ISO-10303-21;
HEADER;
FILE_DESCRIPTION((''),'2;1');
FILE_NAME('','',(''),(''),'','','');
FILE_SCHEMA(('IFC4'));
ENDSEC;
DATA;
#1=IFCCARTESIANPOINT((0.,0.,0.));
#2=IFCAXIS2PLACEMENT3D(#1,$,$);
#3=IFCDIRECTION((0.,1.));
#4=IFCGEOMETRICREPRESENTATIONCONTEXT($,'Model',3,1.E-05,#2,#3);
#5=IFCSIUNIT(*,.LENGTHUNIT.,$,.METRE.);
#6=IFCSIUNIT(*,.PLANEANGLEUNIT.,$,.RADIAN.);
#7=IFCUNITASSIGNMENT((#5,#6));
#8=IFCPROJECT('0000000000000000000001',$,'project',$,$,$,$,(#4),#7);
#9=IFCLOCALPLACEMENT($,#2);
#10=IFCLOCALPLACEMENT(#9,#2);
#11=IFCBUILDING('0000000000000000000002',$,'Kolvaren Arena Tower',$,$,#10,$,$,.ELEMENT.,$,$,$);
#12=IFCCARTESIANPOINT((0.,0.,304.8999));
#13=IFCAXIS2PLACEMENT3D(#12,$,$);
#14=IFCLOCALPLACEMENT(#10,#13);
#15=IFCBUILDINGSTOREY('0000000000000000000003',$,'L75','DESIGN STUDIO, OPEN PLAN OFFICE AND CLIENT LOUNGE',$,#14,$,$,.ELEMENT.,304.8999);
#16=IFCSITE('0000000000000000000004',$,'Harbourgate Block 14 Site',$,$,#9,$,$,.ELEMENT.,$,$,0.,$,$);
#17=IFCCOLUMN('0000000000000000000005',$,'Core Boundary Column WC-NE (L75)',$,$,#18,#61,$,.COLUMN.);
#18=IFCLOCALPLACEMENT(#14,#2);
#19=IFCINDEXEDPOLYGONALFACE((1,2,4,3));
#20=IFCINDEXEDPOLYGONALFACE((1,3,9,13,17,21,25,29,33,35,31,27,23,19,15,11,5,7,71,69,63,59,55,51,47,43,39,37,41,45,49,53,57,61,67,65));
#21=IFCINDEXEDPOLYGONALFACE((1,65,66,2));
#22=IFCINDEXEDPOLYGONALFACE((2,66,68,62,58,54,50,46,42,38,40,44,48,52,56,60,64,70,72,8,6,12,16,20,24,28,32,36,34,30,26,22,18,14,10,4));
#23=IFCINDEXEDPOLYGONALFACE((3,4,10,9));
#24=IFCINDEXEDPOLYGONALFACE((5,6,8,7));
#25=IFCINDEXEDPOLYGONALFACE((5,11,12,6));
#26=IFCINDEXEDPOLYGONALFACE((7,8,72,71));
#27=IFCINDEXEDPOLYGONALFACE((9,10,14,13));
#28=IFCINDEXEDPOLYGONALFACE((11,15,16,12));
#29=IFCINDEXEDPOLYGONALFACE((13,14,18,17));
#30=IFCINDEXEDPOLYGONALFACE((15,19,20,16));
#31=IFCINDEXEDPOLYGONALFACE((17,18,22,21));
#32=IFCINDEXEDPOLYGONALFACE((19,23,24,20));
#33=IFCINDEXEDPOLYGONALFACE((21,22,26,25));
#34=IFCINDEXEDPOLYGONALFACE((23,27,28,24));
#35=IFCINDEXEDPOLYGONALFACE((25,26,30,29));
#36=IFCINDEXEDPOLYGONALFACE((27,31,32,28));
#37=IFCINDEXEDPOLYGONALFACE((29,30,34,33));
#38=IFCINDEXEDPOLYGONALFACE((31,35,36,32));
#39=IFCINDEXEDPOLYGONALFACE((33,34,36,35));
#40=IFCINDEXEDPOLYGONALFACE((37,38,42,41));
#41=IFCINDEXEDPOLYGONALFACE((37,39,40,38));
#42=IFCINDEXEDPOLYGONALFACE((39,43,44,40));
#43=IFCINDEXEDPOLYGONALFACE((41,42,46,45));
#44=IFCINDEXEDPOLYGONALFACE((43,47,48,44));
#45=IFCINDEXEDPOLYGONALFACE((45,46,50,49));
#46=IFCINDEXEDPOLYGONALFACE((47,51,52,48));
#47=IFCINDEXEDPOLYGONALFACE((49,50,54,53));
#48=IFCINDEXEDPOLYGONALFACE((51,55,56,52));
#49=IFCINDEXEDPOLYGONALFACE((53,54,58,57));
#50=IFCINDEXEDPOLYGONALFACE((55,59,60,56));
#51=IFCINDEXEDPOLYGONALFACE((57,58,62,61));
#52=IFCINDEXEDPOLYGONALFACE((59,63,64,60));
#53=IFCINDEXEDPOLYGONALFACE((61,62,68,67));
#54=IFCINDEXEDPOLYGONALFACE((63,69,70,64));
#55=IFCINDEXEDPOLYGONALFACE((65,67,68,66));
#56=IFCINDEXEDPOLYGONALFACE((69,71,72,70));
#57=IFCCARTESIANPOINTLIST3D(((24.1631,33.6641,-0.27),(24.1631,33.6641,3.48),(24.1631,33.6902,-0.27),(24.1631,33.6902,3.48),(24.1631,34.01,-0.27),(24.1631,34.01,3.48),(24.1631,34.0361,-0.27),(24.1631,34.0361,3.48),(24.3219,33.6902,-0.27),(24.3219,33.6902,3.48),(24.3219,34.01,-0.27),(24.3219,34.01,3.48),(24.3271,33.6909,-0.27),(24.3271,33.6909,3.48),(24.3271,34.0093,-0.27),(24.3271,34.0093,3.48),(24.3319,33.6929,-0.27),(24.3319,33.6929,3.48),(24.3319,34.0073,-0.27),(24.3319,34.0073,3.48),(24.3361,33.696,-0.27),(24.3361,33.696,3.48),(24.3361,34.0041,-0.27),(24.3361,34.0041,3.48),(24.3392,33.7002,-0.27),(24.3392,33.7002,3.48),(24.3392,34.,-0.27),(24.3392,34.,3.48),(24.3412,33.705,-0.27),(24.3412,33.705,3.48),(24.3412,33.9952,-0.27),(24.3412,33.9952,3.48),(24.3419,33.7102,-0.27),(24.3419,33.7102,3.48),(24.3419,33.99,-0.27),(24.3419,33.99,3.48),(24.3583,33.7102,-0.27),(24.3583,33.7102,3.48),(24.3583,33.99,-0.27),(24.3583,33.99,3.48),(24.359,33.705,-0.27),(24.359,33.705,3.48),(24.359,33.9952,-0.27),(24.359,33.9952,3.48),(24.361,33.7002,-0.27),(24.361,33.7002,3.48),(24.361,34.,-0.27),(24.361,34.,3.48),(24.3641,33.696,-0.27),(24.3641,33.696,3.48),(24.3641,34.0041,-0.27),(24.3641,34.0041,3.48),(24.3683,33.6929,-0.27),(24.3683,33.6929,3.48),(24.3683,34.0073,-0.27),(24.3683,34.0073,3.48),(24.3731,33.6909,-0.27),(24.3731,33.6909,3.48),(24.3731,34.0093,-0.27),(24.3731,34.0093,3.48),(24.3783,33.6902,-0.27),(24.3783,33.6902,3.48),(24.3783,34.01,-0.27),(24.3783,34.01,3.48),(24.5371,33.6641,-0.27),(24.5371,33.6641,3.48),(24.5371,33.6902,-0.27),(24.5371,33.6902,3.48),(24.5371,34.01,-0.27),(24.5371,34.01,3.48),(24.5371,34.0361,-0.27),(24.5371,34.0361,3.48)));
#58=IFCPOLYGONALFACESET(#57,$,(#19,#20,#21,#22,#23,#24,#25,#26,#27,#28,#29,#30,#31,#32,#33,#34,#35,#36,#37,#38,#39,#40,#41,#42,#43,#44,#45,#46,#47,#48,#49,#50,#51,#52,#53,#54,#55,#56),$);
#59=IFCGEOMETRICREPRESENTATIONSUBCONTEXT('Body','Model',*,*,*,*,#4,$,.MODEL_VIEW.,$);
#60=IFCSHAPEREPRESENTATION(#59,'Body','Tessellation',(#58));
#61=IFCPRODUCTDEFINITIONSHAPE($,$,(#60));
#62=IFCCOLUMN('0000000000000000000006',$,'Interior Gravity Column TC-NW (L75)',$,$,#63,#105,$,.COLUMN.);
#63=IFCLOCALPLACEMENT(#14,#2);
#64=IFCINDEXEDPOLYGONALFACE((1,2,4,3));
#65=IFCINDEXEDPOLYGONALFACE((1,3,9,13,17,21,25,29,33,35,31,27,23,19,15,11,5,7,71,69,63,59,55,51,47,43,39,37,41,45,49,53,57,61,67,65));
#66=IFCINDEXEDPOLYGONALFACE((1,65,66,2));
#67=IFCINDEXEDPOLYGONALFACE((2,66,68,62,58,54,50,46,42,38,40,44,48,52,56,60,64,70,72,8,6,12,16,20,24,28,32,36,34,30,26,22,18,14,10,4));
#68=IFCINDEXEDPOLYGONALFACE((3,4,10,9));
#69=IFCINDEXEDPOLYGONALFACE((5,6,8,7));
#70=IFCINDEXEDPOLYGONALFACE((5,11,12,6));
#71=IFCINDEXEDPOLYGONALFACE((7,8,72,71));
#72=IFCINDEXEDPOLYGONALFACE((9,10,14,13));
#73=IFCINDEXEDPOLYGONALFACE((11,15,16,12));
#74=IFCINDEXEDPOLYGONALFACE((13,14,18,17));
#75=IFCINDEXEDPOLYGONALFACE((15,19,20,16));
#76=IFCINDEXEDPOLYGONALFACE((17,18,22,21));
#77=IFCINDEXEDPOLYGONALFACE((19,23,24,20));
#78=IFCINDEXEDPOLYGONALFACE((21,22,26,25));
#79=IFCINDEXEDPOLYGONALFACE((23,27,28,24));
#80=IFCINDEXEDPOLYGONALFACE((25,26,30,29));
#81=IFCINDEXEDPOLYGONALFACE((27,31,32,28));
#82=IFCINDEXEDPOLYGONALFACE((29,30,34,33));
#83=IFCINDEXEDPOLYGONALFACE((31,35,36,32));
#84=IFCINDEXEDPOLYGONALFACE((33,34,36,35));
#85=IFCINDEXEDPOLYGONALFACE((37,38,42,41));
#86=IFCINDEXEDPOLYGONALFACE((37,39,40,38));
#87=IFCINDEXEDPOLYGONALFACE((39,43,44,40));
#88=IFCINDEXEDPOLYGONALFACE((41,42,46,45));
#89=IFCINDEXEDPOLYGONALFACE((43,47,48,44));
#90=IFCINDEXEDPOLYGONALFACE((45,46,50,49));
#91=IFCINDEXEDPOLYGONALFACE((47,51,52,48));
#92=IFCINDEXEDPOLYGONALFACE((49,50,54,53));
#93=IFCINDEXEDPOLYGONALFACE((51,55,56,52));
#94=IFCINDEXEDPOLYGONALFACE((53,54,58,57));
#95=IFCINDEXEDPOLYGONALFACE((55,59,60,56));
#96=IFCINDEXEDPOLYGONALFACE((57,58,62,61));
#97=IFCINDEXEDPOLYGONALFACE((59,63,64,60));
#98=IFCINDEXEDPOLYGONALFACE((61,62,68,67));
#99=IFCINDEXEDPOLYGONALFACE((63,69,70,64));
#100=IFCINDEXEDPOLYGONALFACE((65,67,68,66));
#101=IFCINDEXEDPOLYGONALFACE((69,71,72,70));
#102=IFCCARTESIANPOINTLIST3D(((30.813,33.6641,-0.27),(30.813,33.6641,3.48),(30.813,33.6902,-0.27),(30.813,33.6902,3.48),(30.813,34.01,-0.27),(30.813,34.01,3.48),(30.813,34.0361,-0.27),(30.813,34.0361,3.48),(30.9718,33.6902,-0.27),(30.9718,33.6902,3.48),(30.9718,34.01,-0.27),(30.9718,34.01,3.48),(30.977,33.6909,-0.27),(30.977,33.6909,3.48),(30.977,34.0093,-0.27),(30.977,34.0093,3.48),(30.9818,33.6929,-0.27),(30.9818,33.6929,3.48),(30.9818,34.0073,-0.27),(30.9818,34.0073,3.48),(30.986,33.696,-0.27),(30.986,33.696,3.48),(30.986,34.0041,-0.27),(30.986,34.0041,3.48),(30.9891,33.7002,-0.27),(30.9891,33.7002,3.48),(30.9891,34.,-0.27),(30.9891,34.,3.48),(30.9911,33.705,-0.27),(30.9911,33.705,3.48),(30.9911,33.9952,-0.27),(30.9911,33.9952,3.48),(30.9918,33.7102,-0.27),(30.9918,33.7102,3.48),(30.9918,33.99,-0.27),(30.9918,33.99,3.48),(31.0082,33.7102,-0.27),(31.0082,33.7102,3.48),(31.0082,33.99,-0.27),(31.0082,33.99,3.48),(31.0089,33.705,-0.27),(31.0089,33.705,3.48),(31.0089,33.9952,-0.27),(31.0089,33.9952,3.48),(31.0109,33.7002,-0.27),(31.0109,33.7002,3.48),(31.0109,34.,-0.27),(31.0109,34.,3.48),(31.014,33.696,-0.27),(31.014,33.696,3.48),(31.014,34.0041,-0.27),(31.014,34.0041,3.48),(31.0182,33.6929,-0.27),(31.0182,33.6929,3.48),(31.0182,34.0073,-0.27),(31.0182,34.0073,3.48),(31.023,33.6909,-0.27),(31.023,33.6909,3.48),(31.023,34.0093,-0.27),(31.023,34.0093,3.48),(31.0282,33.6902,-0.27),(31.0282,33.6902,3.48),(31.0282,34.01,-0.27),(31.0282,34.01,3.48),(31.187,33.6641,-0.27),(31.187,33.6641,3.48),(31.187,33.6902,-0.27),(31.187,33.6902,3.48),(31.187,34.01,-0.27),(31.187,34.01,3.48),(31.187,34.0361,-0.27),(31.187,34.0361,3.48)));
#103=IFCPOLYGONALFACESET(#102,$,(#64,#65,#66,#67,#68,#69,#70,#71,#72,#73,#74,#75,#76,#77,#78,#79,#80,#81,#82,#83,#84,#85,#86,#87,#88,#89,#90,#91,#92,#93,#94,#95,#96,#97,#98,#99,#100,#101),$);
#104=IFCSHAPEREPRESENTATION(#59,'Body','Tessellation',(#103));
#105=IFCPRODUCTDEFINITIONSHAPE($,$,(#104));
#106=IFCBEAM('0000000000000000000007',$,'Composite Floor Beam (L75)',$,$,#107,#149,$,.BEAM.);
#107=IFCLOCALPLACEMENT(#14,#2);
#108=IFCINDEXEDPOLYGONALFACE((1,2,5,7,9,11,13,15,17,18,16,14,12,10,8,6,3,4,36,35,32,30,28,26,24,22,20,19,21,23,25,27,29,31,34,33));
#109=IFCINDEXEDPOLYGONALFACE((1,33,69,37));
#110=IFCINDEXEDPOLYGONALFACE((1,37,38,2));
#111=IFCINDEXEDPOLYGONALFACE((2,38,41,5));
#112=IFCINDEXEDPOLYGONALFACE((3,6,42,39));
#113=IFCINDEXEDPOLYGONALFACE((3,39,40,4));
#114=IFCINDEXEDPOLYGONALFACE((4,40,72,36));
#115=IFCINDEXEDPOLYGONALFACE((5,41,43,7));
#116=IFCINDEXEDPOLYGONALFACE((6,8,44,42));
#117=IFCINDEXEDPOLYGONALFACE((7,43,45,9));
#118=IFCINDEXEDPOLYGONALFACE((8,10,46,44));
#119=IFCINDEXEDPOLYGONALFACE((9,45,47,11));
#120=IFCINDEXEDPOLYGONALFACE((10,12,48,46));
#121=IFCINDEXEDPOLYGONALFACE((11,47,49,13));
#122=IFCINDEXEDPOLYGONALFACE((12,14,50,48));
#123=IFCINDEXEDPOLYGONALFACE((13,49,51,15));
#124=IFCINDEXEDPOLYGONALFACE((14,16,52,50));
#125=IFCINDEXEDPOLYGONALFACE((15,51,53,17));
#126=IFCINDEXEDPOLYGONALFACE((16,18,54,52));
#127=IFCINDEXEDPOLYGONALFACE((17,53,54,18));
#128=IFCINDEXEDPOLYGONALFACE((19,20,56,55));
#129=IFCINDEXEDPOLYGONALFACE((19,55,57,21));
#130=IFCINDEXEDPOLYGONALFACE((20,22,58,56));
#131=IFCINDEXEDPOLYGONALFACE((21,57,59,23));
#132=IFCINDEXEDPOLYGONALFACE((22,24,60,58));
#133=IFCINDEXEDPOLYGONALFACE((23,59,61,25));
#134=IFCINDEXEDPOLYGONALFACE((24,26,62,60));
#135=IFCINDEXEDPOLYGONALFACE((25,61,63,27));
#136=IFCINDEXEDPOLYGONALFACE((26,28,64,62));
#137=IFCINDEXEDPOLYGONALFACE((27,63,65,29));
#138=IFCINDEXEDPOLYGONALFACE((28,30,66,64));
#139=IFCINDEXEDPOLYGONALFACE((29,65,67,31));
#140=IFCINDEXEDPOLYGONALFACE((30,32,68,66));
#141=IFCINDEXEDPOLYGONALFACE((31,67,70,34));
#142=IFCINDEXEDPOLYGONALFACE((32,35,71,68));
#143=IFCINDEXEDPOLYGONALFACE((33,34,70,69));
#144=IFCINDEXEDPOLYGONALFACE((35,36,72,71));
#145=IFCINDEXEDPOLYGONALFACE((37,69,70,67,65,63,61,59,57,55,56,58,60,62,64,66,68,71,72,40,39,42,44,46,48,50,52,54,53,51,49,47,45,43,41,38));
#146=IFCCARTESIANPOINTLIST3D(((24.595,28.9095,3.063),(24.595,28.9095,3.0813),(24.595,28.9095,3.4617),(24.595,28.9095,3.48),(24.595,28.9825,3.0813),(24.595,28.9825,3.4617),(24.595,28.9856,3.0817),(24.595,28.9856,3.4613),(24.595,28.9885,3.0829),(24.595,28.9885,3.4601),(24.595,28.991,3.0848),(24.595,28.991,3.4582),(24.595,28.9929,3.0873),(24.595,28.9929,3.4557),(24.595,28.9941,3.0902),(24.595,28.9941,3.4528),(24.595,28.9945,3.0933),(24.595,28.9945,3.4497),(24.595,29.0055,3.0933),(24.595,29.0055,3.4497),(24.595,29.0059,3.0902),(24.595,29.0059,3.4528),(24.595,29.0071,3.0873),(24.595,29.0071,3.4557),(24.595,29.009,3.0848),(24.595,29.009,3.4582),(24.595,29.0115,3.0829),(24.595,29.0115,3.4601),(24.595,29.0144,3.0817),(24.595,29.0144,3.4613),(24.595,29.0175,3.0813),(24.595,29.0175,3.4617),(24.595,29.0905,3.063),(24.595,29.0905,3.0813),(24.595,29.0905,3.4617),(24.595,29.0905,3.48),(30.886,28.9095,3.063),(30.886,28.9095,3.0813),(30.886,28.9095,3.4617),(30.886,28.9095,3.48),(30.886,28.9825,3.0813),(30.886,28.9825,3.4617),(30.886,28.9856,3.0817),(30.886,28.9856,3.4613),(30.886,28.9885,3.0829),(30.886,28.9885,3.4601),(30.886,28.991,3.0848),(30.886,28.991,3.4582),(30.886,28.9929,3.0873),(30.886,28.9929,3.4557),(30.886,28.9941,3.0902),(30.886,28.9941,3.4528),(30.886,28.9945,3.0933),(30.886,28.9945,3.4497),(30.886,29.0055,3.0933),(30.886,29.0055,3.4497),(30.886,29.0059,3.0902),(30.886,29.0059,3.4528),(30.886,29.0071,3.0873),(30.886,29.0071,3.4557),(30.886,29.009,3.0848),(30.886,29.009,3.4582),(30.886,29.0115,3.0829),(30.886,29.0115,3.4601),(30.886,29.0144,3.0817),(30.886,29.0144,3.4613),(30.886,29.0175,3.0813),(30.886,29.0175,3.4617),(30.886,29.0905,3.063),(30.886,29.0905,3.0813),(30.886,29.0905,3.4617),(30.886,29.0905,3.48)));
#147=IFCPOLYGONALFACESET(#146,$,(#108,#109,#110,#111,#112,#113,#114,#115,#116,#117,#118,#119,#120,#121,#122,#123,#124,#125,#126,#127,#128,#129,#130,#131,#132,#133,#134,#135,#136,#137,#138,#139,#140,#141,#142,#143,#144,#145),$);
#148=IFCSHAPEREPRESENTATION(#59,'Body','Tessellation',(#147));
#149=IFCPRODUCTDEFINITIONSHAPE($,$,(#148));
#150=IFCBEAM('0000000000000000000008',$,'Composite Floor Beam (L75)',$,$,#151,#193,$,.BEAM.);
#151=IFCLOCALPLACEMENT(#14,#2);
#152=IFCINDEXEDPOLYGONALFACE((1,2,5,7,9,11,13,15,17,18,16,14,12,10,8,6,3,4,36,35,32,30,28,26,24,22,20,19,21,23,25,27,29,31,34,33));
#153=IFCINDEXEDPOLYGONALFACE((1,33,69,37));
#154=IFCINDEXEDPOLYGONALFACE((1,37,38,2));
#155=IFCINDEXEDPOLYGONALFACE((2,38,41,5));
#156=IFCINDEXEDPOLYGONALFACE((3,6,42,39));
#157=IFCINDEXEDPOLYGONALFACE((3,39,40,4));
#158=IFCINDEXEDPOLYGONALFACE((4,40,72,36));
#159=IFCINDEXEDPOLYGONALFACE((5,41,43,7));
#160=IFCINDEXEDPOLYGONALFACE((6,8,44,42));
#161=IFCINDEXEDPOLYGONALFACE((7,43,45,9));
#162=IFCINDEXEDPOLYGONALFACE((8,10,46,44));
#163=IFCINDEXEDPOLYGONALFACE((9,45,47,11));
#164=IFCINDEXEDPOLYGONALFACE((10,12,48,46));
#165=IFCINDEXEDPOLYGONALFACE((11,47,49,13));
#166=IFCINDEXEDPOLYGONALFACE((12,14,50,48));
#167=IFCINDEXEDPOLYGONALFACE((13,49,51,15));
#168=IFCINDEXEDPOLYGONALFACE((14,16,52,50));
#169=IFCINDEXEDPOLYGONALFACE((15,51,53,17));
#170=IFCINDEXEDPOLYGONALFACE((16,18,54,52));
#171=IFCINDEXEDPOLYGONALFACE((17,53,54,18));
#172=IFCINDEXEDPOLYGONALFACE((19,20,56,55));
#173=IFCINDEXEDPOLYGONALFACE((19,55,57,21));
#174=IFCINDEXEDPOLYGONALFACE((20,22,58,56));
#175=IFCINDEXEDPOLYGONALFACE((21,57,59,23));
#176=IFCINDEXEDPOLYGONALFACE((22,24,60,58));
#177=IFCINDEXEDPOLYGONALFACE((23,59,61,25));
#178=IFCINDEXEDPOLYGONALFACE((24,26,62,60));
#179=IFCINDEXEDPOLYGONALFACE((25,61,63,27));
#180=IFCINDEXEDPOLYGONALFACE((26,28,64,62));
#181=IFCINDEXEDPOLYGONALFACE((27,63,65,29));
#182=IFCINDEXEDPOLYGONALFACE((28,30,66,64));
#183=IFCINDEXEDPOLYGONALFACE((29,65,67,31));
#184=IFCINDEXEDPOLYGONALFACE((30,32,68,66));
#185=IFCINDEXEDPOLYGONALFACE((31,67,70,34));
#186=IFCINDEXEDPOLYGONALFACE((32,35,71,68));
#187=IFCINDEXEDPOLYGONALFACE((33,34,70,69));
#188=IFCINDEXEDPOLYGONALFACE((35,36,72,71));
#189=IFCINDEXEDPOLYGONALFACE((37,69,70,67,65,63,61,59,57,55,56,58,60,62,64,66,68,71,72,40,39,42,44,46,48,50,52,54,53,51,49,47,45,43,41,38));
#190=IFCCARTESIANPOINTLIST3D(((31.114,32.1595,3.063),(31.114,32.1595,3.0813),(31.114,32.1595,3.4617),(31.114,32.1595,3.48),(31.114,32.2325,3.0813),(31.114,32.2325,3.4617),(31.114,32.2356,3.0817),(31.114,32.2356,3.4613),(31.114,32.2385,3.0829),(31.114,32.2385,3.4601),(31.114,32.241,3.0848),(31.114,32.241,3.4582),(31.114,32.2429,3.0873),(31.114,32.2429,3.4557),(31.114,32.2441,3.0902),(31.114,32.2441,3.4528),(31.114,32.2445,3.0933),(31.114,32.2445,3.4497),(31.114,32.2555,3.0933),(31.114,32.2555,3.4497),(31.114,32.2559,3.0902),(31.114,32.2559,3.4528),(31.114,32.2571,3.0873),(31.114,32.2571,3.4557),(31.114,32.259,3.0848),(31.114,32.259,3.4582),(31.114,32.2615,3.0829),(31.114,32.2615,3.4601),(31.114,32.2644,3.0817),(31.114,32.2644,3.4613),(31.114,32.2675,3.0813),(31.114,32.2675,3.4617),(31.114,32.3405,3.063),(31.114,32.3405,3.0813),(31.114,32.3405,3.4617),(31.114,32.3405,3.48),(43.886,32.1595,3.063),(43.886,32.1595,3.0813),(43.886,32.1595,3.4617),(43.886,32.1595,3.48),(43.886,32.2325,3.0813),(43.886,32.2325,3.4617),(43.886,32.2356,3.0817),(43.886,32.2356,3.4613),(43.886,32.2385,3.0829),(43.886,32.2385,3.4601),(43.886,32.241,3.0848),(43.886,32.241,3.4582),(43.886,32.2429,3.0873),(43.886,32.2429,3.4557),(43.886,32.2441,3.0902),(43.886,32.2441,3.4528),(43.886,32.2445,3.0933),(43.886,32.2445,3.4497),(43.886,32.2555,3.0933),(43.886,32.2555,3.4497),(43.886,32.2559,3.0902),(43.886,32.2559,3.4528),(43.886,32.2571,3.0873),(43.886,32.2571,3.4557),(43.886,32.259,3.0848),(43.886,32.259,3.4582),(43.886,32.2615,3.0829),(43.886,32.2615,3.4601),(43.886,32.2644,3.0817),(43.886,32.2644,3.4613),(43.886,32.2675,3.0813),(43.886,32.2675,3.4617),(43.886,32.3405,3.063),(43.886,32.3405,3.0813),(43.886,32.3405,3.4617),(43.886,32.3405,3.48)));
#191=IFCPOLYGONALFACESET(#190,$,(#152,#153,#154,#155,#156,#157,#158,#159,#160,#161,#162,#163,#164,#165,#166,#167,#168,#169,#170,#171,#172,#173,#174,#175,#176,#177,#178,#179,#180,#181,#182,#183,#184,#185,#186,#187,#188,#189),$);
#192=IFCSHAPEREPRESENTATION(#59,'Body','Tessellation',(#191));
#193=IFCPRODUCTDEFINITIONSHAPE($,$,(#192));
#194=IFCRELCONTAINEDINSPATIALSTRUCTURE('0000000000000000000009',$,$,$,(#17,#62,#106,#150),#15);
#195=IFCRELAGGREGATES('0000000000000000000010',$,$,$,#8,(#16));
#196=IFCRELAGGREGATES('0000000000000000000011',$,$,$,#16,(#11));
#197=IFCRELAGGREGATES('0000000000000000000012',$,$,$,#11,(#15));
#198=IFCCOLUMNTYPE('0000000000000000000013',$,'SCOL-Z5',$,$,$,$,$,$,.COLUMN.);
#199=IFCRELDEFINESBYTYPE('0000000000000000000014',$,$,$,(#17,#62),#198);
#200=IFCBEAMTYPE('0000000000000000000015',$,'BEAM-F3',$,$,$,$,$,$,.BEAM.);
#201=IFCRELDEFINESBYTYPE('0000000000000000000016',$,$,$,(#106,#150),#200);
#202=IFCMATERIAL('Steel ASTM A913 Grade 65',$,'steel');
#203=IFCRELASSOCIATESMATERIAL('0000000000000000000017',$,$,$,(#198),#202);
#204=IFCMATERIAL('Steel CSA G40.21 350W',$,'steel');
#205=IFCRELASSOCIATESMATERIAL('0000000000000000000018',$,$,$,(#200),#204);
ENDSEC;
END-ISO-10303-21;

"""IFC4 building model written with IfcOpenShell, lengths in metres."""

from ifc_helpers import new_model, si_unit, direction, frame, origin, origin_2d, place, context, subcontext, project, spatial, i_section, extrude, material, material_profile, profile_set, type_object, element, save


model = new_model("IFC4")

# Units and contexts
model_context = context("Model", 3, precision=1e-05, world=origin(), true_north=direction((0.0, 1.0)))
body_context = subcontext(model_context, "Body", "Model", "MODEL_VIEW")
ifc_project = project(units=[si_unit("LENGTHUNIT", "METRE"), si_unit("PLANEANGLEUNIT", "RADIAN")], contexts=[model_context])

# Site, building, storey
site_placement = place(None, origin())
site = spatial("IfcSite", under=ifc_project, at=site_placement, Name="Harbourgate Block 14 Site", CompositionType="ELEMENT", RefElevation=0.0)
building_placement = place(site_placement, origin())
building = spatial("IfcBuilding", under=site, at=building_placement, Name="Kolvaren Arena Tower", CompositionType="ELEMENT")
storey_placement = place(building_placement, frame((0.0, 0.0, 304.8999)))
storey = spatial("IfcBuildingStorey", under=building, at=storey_placement, Name="L75", Description="DESIGN STUDIO, OPEN PLAN OFFICE AND CLIENT LOUNGE", CompositionType="ELEMENT", Elevation=304.8999)

# Columns
ifc_material_1 = material(Name="Steel ASTM A913 Grade 65", Category="steel")
ifc_material_profile_1 = material_profile(ifc_material_1, i_section(OverallWidth=0.374, OverallDepth=0.3721, WebThickness=0.0164, FlangeThickness=0.0261, FilletRadius=0.02, at=origin_2d()), Name="W360x196")
ifc_profile_set_1 = profile_set([ifc_material_profile_1], Name="Steel ASTM A913 Grade 65")
column_type = type_object("IfcColumnType", Name="SCOL-Z5", PredefinedType="COLUMN", material=ifc_profile_set_1)
for number, where, z_axis, x_axis, name in (
    (1, (24.3501, 33.8501, -0.27), (0.0, 0.0, 1.0), (1.0, 0.0, 0.0), "Core Boundary Column WC-NE (L75)"),
    (2, (31.0, 33.8501, -0.27), (0.0, 0.0, 1.0), (1.0, 0.0, 0.0), "Interior Gravity Column TC-NW (L75)"),
):
    element("IfcColumn", number, at=place(storey_placement, frame(where, z_axis=z_axis, x_axis=x_axis)), inside=storey, type_object=column_type, Name=name, PredefinedType="COLUMN", context=body_context, shape_type="SweptSolid", body=[
        extrude(i_section(OverallWidth=0.374, OverallDepth=0.3721, WebThickness=0.0164, FlangeThickness=0.0261, FilletRadius=0.02, at=origin_2d()), origin(), (0.0, 0.0, 1.0), 3.75),
    ])

# Beams
ifc_material_2 = material(Name="Steel CSA G40.21 350W", Category="steel")
ifc_material_profile_2 = material_profile(ifc_material_2, i_section(OverallWidth=0.1809, OverallDepth=0.417, WebThickness=0.011, FlangeThickness=0.0183, FilletRadius=0.012, at=origin_2d()), Name="W410x85")
ifc_profile_set_2 = profile_set([ifc_material_profile_2], Name="Steel CSA G40.21 350W")
beam_type_1 = type_object("IfcBeamType", Name="BEAM-F3", PredefinedType="BEAM", material=ifc_profile_set_2)
beam_1_placement = place(storey_placement, frame((24.595, 29.0, 3.2715), z_axis=(1.0, 0.0, 0.0), x_axis=(0.0, 1.0, 0.0)))
element("IfcBeam", 3, at=beam_1_placement, inside=storey, type_object=beam_type_1, Name="Composite Floor Beam (L75)", PredefinedType="BEAM", context=body_context, shape_type="SweptSolid", body=[
    extrude(i_section(OverallWidth=0.1809, OverallDepth=0.417, WebThickness=0.011, FlangeThickness=0.0183, FilletRadius=0.012, at=origin_2d()), origin(), (0.0, 0.0, 1.0), 6.291),
])
beam_2_placement = place(storey_placement, frame((31.114, 32.25, 3.2715), z_axis=(1.0, 0.0, 0.0), x_axis=(0.0, 1.0, 0.0)))
element("IfcBeam", 4, at=beam_2_placement, inside=storey, type_object=beam_type_1, Name="Composite Floor Beam (L75)", PredefinedType="BEAM", context=body_context, shape_type="SweptSolid", body=[
    extrude(i_section(OverallWidth=0.1809, OverallDepth=0.417, WebThickness=0.011, FlangeThickness=0.0183, FilletRadius=0.012, at=origin_2d()), origin(), (0.0, 0.0, 1.0), 12.772),
])

save(model, "model.ifc")
